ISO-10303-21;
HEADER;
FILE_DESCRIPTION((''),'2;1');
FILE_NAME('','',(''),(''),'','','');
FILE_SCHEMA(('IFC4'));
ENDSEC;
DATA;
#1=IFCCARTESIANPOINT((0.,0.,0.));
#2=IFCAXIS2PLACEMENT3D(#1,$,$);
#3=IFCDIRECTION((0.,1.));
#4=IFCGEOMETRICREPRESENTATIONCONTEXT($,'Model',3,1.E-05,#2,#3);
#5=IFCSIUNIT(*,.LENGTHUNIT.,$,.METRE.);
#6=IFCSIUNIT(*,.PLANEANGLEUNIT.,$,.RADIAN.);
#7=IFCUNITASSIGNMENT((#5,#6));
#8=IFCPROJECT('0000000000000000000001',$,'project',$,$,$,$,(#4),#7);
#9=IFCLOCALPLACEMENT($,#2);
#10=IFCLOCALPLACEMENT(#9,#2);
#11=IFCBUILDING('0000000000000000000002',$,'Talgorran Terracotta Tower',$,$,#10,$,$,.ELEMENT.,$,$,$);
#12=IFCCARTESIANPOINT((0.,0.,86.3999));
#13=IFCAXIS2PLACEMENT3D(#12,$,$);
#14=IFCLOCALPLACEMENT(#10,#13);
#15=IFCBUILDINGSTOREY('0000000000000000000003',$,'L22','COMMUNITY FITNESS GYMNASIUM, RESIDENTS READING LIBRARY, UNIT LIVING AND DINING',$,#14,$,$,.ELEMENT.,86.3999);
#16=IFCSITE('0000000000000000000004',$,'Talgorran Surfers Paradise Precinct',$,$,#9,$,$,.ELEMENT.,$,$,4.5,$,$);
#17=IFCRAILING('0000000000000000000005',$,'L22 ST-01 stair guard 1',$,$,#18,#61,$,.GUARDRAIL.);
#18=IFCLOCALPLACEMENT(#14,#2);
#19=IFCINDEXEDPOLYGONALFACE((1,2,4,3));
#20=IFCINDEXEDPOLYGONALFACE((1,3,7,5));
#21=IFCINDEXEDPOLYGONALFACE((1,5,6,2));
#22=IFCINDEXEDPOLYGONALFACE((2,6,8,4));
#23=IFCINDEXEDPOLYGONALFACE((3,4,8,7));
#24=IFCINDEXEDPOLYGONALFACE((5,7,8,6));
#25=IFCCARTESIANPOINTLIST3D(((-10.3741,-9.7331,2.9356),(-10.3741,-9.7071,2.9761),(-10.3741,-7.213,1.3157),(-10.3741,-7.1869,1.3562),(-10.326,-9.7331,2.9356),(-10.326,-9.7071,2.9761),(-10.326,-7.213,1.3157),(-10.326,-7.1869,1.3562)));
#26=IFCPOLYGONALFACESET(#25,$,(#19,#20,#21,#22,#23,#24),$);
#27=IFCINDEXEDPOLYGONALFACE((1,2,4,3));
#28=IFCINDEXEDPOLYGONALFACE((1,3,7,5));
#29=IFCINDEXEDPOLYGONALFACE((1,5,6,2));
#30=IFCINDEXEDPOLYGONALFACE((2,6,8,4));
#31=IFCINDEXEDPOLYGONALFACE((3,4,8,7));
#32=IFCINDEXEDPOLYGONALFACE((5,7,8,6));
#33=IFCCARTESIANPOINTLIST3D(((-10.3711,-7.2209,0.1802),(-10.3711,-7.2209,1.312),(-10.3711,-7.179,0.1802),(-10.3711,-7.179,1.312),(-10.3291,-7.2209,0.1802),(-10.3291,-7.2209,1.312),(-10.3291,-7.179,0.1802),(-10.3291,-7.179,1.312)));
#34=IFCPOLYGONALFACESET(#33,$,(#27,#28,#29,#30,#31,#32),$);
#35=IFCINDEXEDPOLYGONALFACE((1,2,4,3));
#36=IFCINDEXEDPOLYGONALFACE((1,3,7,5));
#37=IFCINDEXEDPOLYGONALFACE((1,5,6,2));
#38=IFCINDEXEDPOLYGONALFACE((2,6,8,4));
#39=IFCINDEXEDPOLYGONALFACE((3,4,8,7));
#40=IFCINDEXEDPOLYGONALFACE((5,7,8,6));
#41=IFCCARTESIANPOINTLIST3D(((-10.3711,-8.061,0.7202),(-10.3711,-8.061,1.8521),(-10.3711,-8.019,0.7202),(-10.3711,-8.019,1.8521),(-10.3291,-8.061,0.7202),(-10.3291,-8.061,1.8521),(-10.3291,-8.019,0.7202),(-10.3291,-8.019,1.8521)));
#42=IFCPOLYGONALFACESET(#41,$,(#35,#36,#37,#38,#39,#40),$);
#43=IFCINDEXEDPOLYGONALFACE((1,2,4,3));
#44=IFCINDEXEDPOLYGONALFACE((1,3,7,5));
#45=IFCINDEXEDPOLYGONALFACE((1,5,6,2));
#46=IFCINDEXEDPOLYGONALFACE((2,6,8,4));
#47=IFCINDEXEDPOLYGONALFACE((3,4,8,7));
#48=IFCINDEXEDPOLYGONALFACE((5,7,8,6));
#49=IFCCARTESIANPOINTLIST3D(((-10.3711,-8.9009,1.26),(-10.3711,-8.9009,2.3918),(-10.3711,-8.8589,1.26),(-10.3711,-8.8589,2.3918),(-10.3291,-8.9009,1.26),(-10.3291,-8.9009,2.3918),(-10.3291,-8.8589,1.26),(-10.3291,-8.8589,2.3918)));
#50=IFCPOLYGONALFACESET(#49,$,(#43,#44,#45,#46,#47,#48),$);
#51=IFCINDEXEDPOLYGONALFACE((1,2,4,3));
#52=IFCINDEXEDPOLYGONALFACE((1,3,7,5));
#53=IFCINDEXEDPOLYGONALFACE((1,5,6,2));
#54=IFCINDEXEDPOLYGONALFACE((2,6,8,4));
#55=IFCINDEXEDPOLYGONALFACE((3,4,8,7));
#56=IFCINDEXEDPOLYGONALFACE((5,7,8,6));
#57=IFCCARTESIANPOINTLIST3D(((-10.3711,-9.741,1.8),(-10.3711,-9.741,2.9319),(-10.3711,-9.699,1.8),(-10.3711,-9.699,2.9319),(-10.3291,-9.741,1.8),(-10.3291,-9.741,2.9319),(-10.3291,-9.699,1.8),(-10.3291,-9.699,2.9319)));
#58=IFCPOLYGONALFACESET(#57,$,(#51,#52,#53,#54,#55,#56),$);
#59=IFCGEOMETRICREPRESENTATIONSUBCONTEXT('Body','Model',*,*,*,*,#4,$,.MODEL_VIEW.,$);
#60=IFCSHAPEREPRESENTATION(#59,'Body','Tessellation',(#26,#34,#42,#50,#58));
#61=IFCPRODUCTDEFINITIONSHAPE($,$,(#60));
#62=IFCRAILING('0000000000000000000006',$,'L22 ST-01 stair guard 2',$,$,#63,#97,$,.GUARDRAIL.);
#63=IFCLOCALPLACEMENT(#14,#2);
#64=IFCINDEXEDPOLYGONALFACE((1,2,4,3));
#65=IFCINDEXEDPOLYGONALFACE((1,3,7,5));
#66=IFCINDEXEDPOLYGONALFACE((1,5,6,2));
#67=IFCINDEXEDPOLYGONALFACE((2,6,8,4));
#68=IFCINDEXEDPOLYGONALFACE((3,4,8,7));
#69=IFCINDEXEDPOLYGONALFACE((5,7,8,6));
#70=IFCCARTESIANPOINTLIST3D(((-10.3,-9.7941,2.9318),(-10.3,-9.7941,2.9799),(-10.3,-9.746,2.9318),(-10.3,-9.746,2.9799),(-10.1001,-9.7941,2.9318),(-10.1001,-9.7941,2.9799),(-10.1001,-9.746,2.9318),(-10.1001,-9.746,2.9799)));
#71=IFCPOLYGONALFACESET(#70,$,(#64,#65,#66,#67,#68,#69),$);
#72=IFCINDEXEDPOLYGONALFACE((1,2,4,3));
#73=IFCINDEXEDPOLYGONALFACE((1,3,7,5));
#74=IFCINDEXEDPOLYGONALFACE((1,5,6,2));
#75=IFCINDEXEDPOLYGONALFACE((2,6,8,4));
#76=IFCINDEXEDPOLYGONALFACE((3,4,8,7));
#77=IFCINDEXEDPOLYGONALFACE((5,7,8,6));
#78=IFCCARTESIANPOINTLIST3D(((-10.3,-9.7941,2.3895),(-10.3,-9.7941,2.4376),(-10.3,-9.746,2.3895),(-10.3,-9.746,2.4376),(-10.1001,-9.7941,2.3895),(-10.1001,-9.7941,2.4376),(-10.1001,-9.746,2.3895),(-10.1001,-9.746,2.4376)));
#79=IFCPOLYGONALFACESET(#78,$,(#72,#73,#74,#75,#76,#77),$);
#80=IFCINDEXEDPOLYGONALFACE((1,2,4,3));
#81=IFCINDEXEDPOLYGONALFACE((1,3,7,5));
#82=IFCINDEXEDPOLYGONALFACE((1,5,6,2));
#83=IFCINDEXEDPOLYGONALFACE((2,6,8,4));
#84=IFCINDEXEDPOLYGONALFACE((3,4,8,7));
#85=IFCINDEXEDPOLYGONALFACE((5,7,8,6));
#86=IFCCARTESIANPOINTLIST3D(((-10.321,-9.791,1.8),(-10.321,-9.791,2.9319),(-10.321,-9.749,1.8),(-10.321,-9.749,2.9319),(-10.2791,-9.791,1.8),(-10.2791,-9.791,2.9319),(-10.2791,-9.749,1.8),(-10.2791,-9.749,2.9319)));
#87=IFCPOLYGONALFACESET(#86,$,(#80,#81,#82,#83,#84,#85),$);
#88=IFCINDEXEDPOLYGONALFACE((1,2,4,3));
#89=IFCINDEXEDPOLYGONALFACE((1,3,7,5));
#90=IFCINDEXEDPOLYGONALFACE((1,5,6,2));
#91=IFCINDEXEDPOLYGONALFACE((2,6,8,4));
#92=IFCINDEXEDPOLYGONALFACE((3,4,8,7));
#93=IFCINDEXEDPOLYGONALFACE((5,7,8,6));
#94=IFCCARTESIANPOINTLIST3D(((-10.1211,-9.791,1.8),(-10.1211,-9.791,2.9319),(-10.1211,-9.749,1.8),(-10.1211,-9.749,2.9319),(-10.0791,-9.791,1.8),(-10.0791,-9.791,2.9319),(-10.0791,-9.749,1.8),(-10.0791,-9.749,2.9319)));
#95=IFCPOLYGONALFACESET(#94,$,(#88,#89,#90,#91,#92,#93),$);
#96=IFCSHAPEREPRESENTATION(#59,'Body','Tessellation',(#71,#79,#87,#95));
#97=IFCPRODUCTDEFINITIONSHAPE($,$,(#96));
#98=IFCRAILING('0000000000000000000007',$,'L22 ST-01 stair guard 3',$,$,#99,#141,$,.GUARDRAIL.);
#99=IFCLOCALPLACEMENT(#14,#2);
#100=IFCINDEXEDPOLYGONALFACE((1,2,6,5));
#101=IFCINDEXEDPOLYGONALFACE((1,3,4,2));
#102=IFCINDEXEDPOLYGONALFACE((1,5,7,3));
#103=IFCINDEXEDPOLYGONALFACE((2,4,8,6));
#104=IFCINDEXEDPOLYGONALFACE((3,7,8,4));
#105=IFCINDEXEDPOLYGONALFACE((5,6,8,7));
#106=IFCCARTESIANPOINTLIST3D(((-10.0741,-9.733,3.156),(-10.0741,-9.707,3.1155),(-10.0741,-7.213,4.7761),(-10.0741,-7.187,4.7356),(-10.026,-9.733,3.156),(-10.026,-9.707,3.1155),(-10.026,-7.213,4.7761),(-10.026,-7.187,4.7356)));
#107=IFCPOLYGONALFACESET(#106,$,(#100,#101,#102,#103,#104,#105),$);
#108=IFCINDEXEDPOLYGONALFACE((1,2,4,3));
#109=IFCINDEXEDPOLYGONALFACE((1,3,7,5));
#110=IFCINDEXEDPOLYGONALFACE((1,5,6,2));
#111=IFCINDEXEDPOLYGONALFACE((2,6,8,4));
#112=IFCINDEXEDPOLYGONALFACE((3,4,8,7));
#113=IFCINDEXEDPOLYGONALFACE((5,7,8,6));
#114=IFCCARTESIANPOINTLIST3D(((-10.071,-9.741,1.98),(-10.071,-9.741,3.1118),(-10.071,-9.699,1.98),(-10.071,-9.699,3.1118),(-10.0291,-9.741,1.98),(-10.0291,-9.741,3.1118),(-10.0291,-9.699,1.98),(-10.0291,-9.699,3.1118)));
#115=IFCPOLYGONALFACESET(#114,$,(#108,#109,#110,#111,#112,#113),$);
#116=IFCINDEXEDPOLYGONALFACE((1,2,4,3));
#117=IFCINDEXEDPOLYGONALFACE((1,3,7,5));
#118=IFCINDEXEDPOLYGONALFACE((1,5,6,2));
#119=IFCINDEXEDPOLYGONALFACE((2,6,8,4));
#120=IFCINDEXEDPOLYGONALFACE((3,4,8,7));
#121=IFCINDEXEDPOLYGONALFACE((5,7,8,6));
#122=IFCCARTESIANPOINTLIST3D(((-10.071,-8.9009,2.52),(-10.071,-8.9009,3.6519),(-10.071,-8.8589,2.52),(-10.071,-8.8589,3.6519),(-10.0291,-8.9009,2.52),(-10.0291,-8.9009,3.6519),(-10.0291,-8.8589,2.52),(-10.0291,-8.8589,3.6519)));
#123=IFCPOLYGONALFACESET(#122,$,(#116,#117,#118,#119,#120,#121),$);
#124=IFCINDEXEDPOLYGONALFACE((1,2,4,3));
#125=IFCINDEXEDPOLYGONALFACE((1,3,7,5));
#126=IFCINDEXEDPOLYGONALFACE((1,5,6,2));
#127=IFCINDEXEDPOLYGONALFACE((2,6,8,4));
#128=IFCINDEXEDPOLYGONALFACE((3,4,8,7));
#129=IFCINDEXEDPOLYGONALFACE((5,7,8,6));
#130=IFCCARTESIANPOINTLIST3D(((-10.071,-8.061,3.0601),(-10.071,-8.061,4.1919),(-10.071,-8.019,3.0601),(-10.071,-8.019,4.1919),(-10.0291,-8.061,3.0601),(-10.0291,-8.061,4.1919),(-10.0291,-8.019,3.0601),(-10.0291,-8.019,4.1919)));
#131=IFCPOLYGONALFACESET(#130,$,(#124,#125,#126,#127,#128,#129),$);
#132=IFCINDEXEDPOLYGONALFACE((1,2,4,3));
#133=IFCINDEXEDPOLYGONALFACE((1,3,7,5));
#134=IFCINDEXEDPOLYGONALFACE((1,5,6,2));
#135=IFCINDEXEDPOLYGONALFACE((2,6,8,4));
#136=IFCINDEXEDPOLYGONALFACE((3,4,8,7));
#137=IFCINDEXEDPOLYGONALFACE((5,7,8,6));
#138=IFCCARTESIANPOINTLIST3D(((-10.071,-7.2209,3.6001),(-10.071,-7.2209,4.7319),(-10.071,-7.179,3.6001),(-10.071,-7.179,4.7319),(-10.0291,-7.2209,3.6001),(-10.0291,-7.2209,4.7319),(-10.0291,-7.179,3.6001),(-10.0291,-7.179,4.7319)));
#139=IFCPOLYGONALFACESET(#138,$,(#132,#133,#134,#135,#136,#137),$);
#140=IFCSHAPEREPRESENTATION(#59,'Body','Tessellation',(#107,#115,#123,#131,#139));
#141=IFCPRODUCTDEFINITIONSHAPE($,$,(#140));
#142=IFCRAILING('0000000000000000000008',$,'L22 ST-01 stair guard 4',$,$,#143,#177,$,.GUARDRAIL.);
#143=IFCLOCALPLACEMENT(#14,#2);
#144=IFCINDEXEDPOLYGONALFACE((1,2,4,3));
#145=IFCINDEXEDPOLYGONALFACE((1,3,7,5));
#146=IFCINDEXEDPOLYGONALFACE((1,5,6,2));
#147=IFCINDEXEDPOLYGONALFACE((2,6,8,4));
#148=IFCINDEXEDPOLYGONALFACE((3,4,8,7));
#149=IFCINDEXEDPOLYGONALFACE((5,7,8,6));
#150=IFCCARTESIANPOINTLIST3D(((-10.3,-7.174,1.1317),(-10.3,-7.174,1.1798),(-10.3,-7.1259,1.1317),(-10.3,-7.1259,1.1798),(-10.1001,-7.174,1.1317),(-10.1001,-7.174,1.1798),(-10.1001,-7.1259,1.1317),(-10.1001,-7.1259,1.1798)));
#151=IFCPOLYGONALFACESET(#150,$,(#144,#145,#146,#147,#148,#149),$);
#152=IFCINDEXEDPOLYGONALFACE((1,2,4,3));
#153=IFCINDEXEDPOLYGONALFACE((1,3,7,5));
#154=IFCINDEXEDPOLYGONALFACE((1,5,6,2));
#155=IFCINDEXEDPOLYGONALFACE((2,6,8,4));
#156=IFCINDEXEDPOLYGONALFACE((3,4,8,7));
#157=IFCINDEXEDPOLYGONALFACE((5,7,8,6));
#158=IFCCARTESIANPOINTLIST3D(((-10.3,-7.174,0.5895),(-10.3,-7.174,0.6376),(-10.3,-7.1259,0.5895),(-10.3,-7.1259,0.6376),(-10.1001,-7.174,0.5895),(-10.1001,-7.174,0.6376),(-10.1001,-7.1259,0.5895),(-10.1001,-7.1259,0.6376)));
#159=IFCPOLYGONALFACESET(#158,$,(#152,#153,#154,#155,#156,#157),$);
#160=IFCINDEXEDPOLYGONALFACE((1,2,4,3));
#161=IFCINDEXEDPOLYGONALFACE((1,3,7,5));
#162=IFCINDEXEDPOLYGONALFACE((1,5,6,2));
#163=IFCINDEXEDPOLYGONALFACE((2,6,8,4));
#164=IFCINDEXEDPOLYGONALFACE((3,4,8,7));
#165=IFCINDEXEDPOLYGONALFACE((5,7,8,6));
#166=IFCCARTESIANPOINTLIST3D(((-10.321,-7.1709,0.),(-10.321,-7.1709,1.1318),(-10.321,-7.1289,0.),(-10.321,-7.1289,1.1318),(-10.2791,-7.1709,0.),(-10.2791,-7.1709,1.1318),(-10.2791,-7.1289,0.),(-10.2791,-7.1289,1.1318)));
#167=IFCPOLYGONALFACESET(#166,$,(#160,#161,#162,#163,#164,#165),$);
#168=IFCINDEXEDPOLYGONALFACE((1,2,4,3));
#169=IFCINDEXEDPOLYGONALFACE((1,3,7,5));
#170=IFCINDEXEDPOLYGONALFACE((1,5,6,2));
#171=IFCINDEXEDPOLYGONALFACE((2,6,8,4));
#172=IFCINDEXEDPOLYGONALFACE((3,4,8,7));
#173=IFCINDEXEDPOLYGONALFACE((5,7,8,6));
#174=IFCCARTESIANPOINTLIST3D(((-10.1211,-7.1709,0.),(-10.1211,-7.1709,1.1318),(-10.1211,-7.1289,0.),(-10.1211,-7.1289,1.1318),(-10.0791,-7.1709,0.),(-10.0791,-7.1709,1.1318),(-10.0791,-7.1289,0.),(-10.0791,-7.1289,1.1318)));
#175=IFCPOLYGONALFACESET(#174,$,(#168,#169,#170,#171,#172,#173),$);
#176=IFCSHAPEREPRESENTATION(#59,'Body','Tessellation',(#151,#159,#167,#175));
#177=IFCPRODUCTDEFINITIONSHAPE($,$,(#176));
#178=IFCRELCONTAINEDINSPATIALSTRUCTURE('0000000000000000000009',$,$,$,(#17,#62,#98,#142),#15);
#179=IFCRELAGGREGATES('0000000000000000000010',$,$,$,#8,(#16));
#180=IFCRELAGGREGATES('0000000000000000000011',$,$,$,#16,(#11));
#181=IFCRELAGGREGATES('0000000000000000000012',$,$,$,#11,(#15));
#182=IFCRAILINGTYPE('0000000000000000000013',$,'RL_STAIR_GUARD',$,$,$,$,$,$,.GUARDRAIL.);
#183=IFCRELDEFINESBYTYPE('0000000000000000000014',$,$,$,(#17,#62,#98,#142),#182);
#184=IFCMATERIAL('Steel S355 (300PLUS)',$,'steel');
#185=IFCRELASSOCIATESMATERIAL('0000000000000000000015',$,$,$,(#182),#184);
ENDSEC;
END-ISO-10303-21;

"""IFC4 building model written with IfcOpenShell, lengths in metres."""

from ifc_helpers import new_model, si_unit, direction, frame, origin, origin_2d, place, context, subcontext, project, spatial, rectangle, extrude, material, type_object, element, save


model = new_model("IFC4")

# Units and contexts
model_context = context("Model", 3, precision=1e-05, world=origin(), true_north=direction((0.0, 1.0)))
body_context = subcontext(model_context, "Body", "Model", "MODEL_VIEW")
ifc_project = project(units=[si_unit("LENGTHUNIT", "METRE"), si_unit("PLANEANGLEUNIT", "RADIAN")], contexts=[model_context])

# Site, building, storey
site_placement = place(None, origin())
site = spatial("IfcSite", under=ifc_project, at=site_placement, Name="Talgorran Surfers Paradise Precinct", CompositionType="ELEMENT", RefElevation=4.5)
building_placement = place(site_placement, origin())
building = spatial("IfcBuilding", under=site, at=building_placement, Name="Talgorran Terracotta Tower", CompositionType="ELEMENT")
storey_placement = place(building_placement, frame((0.0, 0.0, 86.3999)))
storey = spatial("IfcBuildingStorey", under=building, at=storey_placement, Name="L22", Description="COMMUNITY FITNESS GYMNASIUM, RESIDENTS READING LIBRARY, UNIT LIVING AND DINING", CompositionType="ELEMENT", Elevation=86.3999)

# Shared definitions
ifc_material_1 = material(Name="Steel S355 (300PLUS)", Category="steel")

# Railings
railing_type_1 = type_object("IfcRailingType", Name="RL_STAIR_GUARD", PredefinedType="GUARDRAIL", material=ifc_material_1)
railing_1_placement = place(storey_placement, frame((-10.3501, -7.2, 0.1802)))
element("IfcRailing", 1, at=railing_1_placement, inside=storey, type_object=railing_type_1, Name="L22 ST-01 stair guard 1", PredefinedType="GUARDRAIL", context=body_context, shape_type="SweptSolid", body=[
    extrude(rectangle(XDim=0.0481, YDim=0.0481, at=origin_2d()), frame((0.0, 0.0, 1.1558), z_axis=(0.0, -0.8412, 0.540725), x_axis=(1.0, 0.0, 0.0)), (0.0, 0.0, 1.0), 2.9958),
    extrude(rectangle(XDim=0.042, YDim=0.042, at=origin_2d()), origin(), (0.0, 0.0, 1.0), 1.1318),
    extrude(rectangle(XDim=0.042, YDim=0.042, at=origin_2d()), frame((0.0, -0.8401, 0.54)), (0.0, 0.0, 1.0), 1.1318),
    extrude(rectangle(XDim=0.042, YDim=0.042, at=origin_2d()), frame((0.0, -1.6799, 1.0798)), (0.0, 0.0, 1.0), 1.1318),
    extrude(rectangle(XDim=0.042, YDim=0.042, at=origin_2d()), frame((0.0, -2.52, 1.6199)), (0.0, 0.0, 1.0), 1.1318),
])
railing_2_placement = place(storey_placement, frame((-10.3, -9.77, 1.8)))
element("IfcRailing", 2, at=railing_2_placement, inside=storey, type_object=railing_type_1, Name="L22 ST-01 stair guard 2", PredefinedType="GUARDRAIL", context=body_context, shape_type="SweptSolid", body=[
    extrude(rectangle(XDim=0.0481, YDim=0.0481, at=origin_2d()), frame((0.0, 0.0, 1.1558), z_axis=(1.0, 0.0, 0.0), x_axis=(0.0, 1.0, 0.0)), (0.0, 0.0, 1.0), 0.2),
    extrude(rectangle(XDim=0.0481, YDim=0.0481, at=origin_2d()), frame((0.0, 0.0, 0.6135), z_axis=(1.0, 0.0, 0.0), x_axis=(0.0, 1.0, 0.0)), (0.0, 0.0, 1.0), 0.2),
    extrude(rectangle(XDim=0.042, YDim=0.042, at=origin_2d()), origin(), (0.0, 0.0, 1.0), 1.1318),
    extrude(rectangle(XDim=0.042, YDim=0.042, at=origin_2d()), frame((0.2, 0.0, 0.0)), (0.0, 0.0, 1.0), 1.1318),
])
railing_3_placement = place(storey_placement, frame((-10.05, -9.72, 1.98)))
element("IfcRailing", 3, at=railing_3_placement, inside=storey, type_object=railing_type_1, Name="L22 ST-01 stair guard 3", PredefinedType="GUARDRAIL", context=body_context, shape_type="SweptSolid", body=[
    extrude(rectangle(XDim=0.0481, YDim=0.0481, at=origin_2d()), frame((0.0, 0.0, 1.1558), z_axis=(0.0, 0.841163, 0.540782), x_axis=(-1.0, 0.0, 0.0)), (0.0, 0.0, 1.0), 2.9958),
    extrude(rectangle(XDim=0.042, YDim=0.042, at=origin_2d()), origin(), (0.0, 0.0, 1.0), 1.1318),
    extrude(rectangle(XDim=0.042, YDim=0.042, at=origin_2d()), frame((0.0, 0.8401, 0.54)), (0.0, 0.0, 1.0), 1.1318),
    extrude(rectangle(XDim=0.042, YDim=0.042, at=origin_2d()), frame((0.0, 1.6799, 1.0801)), (0.0, 0.0, 1.0), 1.1318),
    extrude(rectangle(XDim=0.042, YDim=0.042, at=origin_2d()), frame((0.0, 2.52, 1.6201)), (0.0, 0.0, 1.0), 1.1318),
])
railing_4_placement = place(storey_placement, frame((-10.3, -7.1499, 0.0)))
element("IfcRailing", 4, at=railing_4_placement, inside=storey, type_object=railing_type_1, Name="L22 ST-01 stair guard 4", PredefinedType="GUARDRAIL", context=body_context, shape_type="SweptSolid", body=[
    extrude(rectangle(XDim=0.0481, YDim=0.0481, at=origin_2d()), frame((0.0, 0.0, 1.1558), z_axis=(1.0, 0.0, 0.0), x_axis=(0.0, 1.0, 0.0)), (0.0, 0.0, 1.0), 0.2),
    extrude(rectangle(XDim=0.0481, YDim=0.0481, at=origin_2d()), frame((0.0, 0.0, 0.6135), z_axis=(1.0, 0.0, 0.0), x_axis=(0.0, 1.0, 0.0)), (0.0, 0.0, 1.0), 0.2),
    extrude(rectangle(XDim=0.042, YDim=0.042, at=origin_2d()), origin(), (0.0, 0.0, 1.0), 1.1318),
    extrude(rectangle(XDim=0.042, YDim=0.042, at=origin_2d()), frame((0.2, 0.0, 0.0)), (0.0, 0.0, 1.0), 1.1318),
])

save(model, "model.ifc")
